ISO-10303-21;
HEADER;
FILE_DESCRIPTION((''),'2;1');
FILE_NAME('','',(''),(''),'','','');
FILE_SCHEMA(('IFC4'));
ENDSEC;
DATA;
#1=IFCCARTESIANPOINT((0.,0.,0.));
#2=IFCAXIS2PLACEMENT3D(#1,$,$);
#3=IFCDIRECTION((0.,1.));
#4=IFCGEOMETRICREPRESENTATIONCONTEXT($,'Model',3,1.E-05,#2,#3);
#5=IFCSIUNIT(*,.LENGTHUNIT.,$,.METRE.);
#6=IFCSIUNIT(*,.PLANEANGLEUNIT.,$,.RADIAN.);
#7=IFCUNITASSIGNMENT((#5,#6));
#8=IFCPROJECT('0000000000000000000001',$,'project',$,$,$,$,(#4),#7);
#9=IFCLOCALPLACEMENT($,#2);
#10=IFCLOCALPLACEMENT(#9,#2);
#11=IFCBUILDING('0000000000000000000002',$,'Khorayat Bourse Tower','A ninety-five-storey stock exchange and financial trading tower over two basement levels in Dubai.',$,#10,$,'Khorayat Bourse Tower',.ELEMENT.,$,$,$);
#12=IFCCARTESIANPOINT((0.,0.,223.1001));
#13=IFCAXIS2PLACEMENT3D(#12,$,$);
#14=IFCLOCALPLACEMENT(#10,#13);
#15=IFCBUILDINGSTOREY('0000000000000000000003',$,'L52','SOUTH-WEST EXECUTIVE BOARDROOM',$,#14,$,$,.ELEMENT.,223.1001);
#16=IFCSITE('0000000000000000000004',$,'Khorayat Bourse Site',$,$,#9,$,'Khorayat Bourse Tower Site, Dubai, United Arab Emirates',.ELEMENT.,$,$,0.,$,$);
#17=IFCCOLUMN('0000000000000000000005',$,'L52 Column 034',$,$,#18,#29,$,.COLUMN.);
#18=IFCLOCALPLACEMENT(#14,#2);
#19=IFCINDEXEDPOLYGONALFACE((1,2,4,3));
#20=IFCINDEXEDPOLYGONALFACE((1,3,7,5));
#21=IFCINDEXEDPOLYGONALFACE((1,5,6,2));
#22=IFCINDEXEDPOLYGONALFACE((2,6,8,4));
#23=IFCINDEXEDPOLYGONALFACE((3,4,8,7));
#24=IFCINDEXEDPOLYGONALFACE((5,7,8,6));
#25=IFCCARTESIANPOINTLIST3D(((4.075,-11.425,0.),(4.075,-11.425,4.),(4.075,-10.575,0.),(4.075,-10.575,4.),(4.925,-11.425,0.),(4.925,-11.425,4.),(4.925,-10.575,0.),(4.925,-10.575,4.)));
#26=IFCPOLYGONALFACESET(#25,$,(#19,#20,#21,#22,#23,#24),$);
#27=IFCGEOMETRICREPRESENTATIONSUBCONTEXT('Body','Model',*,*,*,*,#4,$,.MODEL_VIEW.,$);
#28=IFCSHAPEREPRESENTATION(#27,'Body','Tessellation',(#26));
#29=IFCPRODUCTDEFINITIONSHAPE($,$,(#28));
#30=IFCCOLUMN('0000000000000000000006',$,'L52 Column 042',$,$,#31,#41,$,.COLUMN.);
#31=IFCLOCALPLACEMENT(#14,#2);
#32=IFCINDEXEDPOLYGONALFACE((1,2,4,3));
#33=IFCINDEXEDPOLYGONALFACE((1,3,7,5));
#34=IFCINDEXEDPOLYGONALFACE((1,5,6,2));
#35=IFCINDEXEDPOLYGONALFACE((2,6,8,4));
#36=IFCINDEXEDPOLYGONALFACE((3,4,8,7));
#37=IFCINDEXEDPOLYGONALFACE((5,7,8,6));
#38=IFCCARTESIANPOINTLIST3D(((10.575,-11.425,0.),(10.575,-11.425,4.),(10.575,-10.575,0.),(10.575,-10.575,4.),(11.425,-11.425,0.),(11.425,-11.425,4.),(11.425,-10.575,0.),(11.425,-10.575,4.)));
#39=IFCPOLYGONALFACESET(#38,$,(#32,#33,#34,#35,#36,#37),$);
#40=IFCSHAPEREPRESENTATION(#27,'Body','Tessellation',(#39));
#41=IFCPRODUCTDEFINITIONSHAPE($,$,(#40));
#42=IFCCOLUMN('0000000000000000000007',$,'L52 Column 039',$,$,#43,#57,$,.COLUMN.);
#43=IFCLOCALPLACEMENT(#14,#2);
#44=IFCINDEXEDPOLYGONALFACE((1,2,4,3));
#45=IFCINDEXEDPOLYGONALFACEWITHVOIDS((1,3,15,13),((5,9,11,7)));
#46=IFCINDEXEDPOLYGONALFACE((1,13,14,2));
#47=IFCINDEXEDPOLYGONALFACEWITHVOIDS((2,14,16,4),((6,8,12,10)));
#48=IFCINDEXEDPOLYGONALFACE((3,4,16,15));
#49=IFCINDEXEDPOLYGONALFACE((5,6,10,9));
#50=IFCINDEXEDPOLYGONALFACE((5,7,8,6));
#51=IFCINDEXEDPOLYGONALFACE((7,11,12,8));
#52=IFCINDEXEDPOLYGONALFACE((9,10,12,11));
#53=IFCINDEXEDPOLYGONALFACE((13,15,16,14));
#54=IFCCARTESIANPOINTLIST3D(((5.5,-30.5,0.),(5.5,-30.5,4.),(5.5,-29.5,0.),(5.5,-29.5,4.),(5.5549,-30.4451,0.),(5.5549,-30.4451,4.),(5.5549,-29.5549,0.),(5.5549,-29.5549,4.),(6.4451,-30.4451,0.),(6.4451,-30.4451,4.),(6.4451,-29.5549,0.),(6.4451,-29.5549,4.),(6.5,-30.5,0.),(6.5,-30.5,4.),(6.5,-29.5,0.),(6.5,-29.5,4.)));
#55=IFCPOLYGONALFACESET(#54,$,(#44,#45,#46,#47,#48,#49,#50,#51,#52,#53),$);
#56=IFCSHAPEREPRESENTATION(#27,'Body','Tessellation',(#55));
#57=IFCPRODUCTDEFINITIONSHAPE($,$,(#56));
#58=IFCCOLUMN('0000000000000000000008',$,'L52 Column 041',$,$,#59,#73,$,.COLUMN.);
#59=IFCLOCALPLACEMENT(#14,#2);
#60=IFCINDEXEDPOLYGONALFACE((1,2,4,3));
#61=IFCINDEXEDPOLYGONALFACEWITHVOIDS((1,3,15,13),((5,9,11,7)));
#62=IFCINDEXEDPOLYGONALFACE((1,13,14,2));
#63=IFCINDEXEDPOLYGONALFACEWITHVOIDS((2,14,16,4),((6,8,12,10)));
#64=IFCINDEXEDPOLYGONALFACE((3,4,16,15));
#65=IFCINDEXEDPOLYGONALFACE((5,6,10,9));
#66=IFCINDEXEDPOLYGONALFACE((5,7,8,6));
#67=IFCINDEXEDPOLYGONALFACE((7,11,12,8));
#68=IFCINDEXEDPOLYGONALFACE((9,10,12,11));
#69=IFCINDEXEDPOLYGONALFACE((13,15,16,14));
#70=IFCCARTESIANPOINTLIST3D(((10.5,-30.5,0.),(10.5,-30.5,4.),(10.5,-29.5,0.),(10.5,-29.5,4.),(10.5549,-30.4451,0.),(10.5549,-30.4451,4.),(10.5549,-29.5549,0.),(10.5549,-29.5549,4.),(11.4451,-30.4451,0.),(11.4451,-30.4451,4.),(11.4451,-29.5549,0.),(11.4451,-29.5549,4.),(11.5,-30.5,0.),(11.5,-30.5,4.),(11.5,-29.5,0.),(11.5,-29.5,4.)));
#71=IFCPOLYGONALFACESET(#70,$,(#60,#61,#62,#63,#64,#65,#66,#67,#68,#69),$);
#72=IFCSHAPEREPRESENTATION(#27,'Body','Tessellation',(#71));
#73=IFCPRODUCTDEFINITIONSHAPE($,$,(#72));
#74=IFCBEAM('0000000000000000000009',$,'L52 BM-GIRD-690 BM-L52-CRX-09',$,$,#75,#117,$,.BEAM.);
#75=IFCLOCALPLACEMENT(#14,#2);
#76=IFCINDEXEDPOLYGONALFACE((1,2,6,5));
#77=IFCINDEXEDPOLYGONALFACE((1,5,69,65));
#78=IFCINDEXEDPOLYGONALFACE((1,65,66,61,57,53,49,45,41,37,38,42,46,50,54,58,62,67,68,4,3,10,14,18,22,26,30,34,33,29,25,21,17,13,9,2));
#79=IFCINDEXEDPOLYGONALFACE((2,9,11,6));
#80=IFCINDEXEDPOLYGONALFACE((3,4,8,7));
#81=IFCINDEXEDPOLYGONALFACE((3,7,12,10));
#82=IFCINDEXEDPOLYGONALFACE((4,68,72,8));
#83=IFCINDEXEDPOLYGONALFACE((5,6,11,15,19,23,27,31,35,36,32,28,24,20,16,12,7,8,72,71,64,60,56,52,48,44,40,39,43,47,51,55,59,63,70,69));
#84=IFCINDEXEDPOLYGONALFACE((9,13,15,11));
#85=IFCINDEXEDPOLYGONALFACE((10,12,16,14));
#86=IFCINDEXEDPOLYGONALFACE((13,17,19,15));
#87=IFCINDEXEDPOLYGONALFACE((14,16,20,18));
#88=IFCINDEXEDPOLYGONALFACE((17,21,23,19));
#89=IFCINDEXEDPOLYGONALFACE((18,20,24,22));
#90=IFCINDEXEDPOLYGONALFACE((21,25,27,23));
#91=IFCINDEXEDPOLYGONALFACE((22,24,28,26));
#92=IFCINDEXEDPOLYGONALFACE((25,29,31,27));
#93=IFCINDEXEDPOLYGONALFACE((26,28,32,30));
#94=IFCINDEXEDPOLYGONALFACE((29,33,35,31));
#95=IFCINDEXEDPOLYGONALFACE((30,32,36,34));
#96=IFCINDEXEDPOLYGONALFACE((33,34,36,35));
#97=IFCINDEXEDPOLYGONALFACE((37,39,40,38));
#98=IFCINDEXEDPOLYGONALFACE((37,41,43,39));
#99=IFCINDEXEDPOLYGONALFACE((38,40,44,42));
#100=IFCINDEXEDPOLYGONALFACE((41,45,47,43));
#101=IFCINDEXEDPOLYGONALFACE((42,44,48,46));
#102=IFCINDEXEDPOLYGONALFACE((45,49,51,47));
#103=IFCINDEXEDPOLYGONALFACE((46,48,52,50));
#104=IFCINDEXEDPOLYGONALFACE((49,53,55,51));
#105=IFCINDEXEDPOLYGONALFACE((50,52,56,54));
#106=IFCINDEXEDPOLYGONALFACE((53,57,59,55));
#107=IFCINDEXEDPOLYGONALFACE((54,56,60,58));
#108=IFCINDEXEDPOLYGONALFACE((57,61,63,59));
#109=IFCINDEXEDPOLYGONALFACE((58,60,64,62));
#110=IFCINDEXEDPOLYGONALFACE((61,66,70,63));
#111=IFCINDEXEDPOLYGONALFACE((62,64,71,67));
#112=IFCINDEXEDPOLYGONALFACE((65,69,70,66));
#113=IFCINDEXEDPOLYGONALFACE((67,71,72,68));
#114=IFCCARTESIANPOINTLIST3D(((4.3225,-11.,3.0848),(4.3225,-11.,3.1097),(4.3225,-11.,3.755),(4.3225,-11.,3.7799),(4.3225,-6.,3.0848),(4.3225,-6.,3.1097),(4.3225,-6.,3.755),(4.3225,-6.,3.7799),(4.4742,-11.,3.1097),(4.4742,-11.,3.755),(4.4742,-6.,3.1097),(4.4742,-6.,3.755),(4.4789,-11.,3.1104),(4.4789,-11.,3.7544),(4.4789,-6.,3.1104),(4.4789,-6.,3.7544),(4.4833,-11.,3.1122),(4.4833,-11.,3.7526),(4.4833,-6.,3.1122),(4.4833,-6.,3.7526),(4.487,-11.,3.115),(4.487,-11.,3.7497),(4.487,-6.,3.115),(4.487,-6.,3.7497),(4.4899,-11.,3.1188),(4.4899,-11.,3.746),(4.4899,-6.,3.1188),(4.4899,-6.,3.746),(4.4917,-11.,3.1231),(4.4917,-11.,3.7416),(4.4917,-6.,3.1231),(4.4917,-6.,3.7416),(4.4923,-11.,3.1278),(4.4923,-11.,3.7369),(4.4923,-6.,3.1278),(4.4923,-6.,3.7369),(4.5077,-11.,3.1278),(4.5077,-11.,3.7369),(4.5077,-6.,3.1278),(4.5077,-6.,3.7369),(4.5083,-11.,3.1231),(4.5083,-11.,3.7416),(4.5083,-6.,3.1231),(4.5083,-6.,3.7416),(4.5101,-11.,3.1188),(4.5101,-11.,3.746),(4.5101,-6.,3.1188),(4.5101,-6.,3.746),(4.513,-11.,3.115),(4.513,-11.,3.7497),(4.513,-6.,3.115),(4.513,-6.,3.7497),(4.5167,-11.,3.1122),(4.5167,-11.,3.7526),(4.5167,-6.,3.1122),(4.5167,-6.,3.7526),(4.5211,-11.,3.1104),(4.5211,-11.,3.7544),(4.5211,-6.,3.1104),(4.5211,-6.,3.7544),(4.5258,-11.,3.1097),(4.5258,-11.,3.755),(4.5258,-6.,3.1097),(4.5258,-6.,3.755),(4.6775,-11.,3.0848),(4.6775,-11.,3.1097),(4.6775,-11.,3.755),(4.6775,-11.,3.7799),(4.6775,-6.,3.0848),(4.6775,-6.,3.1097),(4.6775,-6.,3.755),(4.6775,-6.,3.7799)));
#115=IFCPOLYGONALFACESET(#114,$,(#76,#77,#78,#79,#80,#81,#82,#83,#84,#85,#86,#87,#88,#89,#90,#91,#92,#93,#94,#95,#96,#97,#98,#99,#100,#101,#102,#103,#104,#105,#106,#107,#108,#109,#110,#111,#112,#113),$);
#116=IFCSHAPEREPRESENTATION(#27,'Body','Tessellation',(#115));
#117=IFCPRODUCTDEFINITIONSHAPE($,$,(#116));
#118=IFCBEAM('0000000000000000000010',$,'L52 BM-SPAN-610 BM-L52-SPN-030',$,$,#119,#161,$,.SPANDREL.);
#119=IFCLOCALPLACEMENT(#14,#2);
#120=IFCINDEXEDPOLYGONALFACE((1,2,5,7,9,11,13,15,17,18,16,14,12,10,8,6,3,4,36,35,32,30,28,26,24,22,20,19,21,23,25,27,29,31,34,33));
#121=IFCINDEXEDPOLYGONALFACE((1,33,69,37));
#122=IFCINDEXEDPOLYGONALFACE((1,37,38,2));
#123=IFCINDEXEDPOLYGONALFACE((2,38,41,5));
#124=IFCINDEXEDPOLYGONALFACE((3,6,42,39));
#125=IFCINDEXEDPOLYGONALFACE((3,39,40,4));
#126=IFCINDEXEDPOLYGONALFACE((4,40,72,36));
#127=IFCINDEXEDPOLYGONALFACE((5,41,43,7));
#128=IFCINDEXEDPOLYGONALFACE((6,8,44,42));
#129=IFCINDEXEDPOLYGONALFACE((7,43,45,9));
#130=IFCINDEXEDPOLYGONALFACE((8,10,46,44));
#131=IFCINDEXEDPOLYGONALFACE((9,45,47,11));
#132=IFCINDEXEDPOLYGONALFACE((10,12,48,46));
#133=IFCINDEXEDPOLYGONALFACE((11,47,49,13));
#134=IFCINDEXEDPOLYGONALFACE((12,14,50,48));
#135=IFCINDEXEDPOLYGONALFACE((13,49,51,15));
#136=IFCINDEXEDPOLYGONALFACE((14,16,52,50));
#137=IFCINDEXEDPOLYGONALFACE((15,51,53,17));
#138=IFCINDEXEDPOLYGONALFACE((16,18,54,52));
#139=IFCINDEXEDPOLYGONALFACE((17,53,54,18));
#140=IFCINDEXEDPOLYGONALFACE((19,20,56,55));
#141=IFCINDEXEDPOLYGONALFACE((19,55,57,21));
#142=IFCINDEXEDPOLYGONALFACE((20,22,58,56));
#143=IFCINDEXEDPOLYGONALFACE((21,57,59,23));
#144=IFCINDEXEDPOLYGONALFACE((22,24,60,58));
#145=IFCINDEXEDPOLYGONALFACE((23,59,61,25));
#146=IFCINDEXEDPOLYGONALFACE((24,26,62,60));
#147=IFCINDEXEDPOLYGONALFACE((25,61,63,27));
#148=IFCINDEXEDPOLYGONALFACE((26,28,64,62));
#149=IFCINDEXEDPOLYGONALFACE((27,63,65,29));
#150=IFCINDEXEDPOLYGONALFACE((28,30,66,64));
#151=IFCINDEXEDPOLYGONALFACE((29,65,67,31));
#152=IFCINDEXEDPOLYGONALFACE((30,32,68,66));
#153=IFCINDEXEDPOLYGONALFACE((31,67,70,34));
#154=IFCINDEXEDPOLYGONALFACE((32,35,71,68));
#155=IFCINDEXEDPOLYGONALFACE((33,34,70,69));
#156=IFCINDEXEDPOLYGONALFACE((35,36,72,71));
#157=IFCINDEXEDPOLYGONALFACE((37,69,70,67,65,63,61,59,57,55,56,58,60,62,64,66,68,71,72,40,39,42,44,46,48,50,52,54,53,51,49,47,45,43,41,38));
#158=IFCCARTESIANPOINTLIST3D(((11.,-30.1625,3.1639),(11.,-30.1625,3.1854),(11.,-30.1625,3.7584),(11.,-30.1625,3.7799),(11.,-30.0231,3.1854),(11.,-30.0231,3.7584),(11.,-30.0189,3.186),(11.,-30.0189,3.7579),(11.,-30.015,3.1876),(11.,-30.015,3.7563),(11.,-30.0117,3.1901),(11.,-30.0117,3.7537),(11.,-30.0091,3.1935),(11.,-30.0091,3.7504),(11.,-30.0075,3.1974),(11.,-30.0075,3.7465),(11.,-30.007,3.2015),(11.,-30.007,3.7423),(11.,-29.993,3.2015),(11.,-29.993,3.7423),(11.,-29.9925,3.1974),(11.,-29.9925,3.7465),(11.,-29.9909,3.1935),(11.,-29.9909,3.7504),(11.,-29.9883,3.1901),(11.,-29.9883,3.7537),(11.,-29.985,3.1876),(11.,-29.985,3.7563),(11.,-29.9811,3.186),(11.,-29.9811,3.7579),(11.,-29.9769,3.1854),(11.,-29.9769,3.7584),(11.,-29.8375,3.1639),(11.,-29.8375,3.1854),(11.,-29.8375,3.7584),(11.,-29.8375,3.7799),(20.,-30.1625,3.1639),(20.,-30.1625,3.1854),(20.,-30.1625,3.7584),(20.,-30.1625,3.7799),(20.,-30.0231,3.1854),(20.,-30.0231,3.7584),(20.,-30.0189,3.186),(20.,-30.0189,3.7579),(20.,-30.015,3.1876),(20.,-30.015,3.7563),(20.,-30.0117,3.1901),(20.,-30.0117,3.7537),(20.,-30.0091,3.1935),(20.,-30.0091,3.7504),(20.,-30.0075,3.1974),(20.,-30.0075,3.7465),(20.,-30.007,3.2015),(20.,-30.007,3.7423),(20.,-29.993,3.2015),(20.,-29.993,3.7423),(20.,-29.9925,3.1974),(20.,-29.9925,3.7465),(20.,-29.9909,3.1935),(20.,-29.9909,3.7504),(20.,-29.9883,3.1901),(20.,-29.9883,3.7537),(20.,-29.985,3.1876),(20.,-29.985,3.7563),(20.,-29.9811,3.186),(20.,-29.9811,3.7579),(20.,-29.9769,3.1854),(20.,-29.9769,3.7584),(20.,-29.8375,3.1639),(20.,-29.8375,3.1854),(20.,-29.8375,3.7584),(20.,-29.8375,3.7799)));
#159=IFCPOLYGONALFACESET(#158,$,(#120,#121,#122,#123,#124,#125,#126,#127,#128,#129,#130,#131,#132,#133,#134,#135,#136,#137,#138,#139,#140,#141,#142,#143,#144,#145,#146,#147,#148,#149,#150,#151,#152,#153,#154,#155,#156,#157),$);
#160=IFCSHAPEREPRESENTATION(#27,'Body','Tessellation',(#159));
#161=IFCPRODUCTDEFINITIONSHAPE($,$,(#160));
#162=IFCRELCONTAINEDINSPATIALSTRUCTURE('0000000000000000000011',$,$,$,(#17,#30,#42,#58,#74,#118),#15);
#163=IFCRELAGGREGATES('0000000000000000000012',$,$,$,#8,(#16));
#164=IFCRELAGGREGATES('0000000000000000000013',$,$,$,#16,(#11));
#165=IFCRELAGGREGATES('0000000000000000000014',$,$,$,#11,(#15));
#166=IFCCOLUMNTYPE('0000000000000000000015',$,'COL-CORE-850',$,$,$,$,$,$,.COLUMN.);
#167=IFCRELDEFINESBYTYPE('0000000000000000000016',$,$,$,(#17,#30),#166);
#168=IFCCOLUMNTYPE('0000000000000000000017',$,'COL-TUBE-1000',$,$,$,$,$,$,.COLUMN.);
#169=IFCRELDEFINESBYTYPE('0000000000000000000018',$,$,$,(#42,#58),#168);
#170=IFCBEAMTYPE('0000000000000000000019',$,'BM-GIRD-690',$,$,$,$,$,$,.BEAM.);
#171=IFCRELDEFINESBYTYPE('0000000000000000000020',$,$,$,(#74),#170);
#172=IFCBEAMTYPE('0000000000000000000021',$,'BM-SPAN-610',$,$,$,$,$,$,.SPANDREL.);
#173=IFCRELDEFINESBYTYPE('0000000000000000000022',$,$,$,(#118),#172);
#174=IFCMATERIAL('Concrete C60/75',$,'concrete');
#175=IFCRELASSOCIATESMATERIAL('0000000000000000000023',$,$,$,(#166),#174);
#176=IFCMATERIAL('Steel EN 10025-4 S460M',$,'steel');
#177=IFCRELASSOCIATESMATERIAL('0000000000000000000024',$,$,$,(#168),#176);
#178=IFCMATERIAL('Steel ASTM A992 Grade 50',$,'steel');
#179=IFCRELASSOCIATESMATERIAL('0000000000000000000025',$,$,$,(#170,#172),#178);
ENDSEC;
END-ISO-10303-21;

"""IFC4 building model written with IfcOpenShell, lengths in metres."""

from ifc_helpers import new_model, si_unit, direction, frame, origin, origin_2d, place, context, subcontext, project, spatial, rectangle, hollow_rectangle, i_section, extrude, source, transform, mapped, material, material_profile, profile_set, type_object, element, save


model = new_model("IFC4")

# Units and contexts
model_context = context("Model", 3, precision=1e-05, world=origin(), true_north=direction((0.0, 1.0)))
body_context = subcontext(model_context, "Body", "Model", "MODEL_VIEW")
ifc_project = project(units=[si_unit("LENGTHUNIT", "METRE"), si_unit("PLANEANGLEUNIT", "RADIAN")], contexts=[model_context])

# Site, building, storey
site_placement = place(None, origin())
site = spatial("IfcSite", under=ifc_project, at=site_placement, Name="Khorayat Bourse Site", LongName="Khorayat Bourse Tower Site, Dubai, United Arab Emirates", CompositionType="ELEMENT", RefElevation=0.0)
building_placement = place(site_placement, origin())
building = spatial("IfcBuilding", under=site, at=building_placement, Name="Khorayat Bourse Tower", Description="A ninety-five-storey stock exchange and financial trading tower over two basement levels in Dubai.", LongName="Khorayat Bourse Tower", CompositionType="ELEMENT")
storey_placement = place(building_placement, frame((0.0, 0.0, 223.1001)))
storey = spatial("IfcBuildingStorey", under=building, at=storey_placement, Name="L52", Description="SOUTH-WEST EXECUTIVE BOARDROOM", CompositionType="ELEMENT", Elevation=223.1001)

# Columns
ifc_material_1 = material(Name="Concrete C60/75", Category="concrete")
ifc_material_profile_1 = material_profile(ifc_material_1, rectangle(XDim=0.8501, YDim=0.8501, at=origin_2d()), Name="RC 850x850")
ifc_profile_set_1 = profile_set([ifc_material_profile_1], Name="Concrete C60/75")
column_type_1 = type_object("IfcColumnType", Name="COL-CORE-850", PredefinedType="COLUMN", material=ifc_profile_set_1)
shared_shape_1 = source(origin(), body_context, "Body", "SweptSolid", [
    extrude(rectangle(XDim=0.8501, YDim=0.8501, at=origin_2d()), origin(), (0.0, 0.0, 1.0), 4.0),
])
for number, where, z_axis, x_axis, name in (
    (1, (4.5, -11.0, 0.0), (0.0, 0.0, 1.0), (1.0, 0.0, 0.0), "L52 Column 034"),
    (2, (11.0, -11.0, 0.0), (0.0, 0.0, 1.0), (1.0, 0.0, 0.0), "L52 Column 042"),
):
    element("IfcColumn", number, at=place(storey_placement, frame(where, z_axis=z_axis, x_axis=x_axis)), inside=storey, type_object=column_type_1, Name=name, PredefinedType="COLUMN", context=body_context, shape_type="MappedRepresentation", body=[
        mapped(shared_shape_1, transform((0.0, 0.0, 0.0), scale=1.0)),
    ])
ifc_material_2 = material(Name="Steel EN 10025-4 S460M", Category="steel")
ifc_material_profile_2 = material_profile(ifc_material_2, hollow_rectangle(XDim=1.0, YDim=1.0, WallThickness=0.0549, at=origin_2d()), Name="BOX 1000x1000x55")
ifc_profile_set_2 = profile_set([ifc_material_profile_2], Name="Steel EN 10025-4 S460M")
column_type_2 = type_object("IfcColumnType", Name="COL-TUBE-1000", PredefinedType="COLUMN", material=ifc_profile_set_2)
shared_shape_2 = source(origin(), body_context, "Body", "SweptSolid", [
    extrude(hollow_rectangle(XDim=1.0, YDim=1.0, WallThickness=0.0549, at=origin_2d()), origin(), (0.0, 0.0, 1.0), 4.0),
])
for number, where, z_axis, x_axis, name in (
    (3, (6.0, -30.0, 0.0), (0.0, 0.0, 1.0), (1.0, 0.0, 0.0), "L52 Column 039"),
    (4, (11.0, -30.0, 0.0), (0.0, 0.0, 1.0), (1.0, 0.0, 0.0), "L52 Column 041"),
):
    element("IfcColumn", number, at=place(storey_placement, frame(where, z_axis=z_axis, x_axis=x_axis)), inside=storey, type_object=column_type_2, Name=name, PredefinedType="COLUMN", context=body_context, shape_type="MappedRepresentation", body=[
        mapped(shared_shape_2, transform((0.0, 0.0, 0.0), scale=1.0)),
    ])

# Beams
ifc_material_3 = material(Name="Steel ASTM A992 Grade 50", Category="steel")
ifc_material_profile_3 = material_profile(ifc_material_3, i_section(OverallWidth=0.355, OverallDepth=0.6951, WebThickness=0.0154, FlangeThickness=0.0249, FilletRadius=0.0181, at=origin_2d()), Name="W690X217")
ifc_profile_set_3 = profile_set([ifc_material_profile_3], Name="Steel ASTM A992 Grade 50")
beam_type_1 = type_object("IfcBeamType", Name="BM-GIRD-690", PredefinedType="BEAM", material=ifc_profile_set_3)
shared_shape_3 = source(origin(), body_context, "Body", "SweptSolid", [
    extrude(i_section(OverallWidth=0.355, OverallDepth=0.6951, WebThickness=0.0154, FlangeThickness=0.0249, FilletRadius=0.0181, at=origin_2d()), origin(), (0.0, 0.0, 1.0), 5.0),
])
beam_1_placement = place(storey_placement, frame((4.5, -11.0, 3.4324), z_axis=(0.0, 1.0, 0.0), x_axis=(-1.0, 0.0, 0.0)))
element("IfcBeam", 5, at=beam_1_placement, inside=storey, type_object=beam_type_1, Name="L52 BM-GIRD-690 BM-L52-CRX-09", PredefinedType="BEAM", context=body_context, shape_type="MappedRepresentation", body=[
    mapped(shared_shape_3, transform((0.0, 0.0, 0.0), scale=1.0)),
])
ifc_material_profile_4 = material_profile(ifc_material_3, i_section(OverallWidth=0.325, OverallDepth=0.616, WebThickness=0.0139, FlangeThickness=0.0215, FilletRadius=0.0161, at=origin_2d()), Name="W610X174")
ifc_profile_set_4 = profile_set([ifc_material_profile_4], Name="Steel ASTM A992 Grade 50")
beam_type_2 = type_object("IfcBeamType", Name="BM-SPAN-610", PredefinedType="SPANDREL", material=ifc_profile_set_4)
shared_shape_4 = source(origin(), body_context, "Body", "SweptSolid", [
    extrude(i_section(OverallWidth=0.325, OverallDepth=0.616, WebThickness=0.0139, FlangeThickness=0.0215, FilletRadius=0.0161, at=origin_2d()), origin(), (0.0, 0.0, 1.0), 9.0),
])
beam_2_placement = place(storey_placement, frame((11.0, -30.0, 3.4719), z_axis=(1.0, 0.0, 0.0), x_axis=(0.0, 1.0, 0.0)))
element("IfcBeam", 6, at=beam_2_placement, inside=storey, type_object=beam_type_2, Name="L52 BM-SPAN-610 BM-L52-SPN-030", PredefinedType="SPANDREL", context=body_context, shape_type="MappedRepresentation", body=[
    mapped(shared_shape_4, transform((0.0, 0.0, 0.0), scale=1.0)),
])

save(model, "model.ifc")
